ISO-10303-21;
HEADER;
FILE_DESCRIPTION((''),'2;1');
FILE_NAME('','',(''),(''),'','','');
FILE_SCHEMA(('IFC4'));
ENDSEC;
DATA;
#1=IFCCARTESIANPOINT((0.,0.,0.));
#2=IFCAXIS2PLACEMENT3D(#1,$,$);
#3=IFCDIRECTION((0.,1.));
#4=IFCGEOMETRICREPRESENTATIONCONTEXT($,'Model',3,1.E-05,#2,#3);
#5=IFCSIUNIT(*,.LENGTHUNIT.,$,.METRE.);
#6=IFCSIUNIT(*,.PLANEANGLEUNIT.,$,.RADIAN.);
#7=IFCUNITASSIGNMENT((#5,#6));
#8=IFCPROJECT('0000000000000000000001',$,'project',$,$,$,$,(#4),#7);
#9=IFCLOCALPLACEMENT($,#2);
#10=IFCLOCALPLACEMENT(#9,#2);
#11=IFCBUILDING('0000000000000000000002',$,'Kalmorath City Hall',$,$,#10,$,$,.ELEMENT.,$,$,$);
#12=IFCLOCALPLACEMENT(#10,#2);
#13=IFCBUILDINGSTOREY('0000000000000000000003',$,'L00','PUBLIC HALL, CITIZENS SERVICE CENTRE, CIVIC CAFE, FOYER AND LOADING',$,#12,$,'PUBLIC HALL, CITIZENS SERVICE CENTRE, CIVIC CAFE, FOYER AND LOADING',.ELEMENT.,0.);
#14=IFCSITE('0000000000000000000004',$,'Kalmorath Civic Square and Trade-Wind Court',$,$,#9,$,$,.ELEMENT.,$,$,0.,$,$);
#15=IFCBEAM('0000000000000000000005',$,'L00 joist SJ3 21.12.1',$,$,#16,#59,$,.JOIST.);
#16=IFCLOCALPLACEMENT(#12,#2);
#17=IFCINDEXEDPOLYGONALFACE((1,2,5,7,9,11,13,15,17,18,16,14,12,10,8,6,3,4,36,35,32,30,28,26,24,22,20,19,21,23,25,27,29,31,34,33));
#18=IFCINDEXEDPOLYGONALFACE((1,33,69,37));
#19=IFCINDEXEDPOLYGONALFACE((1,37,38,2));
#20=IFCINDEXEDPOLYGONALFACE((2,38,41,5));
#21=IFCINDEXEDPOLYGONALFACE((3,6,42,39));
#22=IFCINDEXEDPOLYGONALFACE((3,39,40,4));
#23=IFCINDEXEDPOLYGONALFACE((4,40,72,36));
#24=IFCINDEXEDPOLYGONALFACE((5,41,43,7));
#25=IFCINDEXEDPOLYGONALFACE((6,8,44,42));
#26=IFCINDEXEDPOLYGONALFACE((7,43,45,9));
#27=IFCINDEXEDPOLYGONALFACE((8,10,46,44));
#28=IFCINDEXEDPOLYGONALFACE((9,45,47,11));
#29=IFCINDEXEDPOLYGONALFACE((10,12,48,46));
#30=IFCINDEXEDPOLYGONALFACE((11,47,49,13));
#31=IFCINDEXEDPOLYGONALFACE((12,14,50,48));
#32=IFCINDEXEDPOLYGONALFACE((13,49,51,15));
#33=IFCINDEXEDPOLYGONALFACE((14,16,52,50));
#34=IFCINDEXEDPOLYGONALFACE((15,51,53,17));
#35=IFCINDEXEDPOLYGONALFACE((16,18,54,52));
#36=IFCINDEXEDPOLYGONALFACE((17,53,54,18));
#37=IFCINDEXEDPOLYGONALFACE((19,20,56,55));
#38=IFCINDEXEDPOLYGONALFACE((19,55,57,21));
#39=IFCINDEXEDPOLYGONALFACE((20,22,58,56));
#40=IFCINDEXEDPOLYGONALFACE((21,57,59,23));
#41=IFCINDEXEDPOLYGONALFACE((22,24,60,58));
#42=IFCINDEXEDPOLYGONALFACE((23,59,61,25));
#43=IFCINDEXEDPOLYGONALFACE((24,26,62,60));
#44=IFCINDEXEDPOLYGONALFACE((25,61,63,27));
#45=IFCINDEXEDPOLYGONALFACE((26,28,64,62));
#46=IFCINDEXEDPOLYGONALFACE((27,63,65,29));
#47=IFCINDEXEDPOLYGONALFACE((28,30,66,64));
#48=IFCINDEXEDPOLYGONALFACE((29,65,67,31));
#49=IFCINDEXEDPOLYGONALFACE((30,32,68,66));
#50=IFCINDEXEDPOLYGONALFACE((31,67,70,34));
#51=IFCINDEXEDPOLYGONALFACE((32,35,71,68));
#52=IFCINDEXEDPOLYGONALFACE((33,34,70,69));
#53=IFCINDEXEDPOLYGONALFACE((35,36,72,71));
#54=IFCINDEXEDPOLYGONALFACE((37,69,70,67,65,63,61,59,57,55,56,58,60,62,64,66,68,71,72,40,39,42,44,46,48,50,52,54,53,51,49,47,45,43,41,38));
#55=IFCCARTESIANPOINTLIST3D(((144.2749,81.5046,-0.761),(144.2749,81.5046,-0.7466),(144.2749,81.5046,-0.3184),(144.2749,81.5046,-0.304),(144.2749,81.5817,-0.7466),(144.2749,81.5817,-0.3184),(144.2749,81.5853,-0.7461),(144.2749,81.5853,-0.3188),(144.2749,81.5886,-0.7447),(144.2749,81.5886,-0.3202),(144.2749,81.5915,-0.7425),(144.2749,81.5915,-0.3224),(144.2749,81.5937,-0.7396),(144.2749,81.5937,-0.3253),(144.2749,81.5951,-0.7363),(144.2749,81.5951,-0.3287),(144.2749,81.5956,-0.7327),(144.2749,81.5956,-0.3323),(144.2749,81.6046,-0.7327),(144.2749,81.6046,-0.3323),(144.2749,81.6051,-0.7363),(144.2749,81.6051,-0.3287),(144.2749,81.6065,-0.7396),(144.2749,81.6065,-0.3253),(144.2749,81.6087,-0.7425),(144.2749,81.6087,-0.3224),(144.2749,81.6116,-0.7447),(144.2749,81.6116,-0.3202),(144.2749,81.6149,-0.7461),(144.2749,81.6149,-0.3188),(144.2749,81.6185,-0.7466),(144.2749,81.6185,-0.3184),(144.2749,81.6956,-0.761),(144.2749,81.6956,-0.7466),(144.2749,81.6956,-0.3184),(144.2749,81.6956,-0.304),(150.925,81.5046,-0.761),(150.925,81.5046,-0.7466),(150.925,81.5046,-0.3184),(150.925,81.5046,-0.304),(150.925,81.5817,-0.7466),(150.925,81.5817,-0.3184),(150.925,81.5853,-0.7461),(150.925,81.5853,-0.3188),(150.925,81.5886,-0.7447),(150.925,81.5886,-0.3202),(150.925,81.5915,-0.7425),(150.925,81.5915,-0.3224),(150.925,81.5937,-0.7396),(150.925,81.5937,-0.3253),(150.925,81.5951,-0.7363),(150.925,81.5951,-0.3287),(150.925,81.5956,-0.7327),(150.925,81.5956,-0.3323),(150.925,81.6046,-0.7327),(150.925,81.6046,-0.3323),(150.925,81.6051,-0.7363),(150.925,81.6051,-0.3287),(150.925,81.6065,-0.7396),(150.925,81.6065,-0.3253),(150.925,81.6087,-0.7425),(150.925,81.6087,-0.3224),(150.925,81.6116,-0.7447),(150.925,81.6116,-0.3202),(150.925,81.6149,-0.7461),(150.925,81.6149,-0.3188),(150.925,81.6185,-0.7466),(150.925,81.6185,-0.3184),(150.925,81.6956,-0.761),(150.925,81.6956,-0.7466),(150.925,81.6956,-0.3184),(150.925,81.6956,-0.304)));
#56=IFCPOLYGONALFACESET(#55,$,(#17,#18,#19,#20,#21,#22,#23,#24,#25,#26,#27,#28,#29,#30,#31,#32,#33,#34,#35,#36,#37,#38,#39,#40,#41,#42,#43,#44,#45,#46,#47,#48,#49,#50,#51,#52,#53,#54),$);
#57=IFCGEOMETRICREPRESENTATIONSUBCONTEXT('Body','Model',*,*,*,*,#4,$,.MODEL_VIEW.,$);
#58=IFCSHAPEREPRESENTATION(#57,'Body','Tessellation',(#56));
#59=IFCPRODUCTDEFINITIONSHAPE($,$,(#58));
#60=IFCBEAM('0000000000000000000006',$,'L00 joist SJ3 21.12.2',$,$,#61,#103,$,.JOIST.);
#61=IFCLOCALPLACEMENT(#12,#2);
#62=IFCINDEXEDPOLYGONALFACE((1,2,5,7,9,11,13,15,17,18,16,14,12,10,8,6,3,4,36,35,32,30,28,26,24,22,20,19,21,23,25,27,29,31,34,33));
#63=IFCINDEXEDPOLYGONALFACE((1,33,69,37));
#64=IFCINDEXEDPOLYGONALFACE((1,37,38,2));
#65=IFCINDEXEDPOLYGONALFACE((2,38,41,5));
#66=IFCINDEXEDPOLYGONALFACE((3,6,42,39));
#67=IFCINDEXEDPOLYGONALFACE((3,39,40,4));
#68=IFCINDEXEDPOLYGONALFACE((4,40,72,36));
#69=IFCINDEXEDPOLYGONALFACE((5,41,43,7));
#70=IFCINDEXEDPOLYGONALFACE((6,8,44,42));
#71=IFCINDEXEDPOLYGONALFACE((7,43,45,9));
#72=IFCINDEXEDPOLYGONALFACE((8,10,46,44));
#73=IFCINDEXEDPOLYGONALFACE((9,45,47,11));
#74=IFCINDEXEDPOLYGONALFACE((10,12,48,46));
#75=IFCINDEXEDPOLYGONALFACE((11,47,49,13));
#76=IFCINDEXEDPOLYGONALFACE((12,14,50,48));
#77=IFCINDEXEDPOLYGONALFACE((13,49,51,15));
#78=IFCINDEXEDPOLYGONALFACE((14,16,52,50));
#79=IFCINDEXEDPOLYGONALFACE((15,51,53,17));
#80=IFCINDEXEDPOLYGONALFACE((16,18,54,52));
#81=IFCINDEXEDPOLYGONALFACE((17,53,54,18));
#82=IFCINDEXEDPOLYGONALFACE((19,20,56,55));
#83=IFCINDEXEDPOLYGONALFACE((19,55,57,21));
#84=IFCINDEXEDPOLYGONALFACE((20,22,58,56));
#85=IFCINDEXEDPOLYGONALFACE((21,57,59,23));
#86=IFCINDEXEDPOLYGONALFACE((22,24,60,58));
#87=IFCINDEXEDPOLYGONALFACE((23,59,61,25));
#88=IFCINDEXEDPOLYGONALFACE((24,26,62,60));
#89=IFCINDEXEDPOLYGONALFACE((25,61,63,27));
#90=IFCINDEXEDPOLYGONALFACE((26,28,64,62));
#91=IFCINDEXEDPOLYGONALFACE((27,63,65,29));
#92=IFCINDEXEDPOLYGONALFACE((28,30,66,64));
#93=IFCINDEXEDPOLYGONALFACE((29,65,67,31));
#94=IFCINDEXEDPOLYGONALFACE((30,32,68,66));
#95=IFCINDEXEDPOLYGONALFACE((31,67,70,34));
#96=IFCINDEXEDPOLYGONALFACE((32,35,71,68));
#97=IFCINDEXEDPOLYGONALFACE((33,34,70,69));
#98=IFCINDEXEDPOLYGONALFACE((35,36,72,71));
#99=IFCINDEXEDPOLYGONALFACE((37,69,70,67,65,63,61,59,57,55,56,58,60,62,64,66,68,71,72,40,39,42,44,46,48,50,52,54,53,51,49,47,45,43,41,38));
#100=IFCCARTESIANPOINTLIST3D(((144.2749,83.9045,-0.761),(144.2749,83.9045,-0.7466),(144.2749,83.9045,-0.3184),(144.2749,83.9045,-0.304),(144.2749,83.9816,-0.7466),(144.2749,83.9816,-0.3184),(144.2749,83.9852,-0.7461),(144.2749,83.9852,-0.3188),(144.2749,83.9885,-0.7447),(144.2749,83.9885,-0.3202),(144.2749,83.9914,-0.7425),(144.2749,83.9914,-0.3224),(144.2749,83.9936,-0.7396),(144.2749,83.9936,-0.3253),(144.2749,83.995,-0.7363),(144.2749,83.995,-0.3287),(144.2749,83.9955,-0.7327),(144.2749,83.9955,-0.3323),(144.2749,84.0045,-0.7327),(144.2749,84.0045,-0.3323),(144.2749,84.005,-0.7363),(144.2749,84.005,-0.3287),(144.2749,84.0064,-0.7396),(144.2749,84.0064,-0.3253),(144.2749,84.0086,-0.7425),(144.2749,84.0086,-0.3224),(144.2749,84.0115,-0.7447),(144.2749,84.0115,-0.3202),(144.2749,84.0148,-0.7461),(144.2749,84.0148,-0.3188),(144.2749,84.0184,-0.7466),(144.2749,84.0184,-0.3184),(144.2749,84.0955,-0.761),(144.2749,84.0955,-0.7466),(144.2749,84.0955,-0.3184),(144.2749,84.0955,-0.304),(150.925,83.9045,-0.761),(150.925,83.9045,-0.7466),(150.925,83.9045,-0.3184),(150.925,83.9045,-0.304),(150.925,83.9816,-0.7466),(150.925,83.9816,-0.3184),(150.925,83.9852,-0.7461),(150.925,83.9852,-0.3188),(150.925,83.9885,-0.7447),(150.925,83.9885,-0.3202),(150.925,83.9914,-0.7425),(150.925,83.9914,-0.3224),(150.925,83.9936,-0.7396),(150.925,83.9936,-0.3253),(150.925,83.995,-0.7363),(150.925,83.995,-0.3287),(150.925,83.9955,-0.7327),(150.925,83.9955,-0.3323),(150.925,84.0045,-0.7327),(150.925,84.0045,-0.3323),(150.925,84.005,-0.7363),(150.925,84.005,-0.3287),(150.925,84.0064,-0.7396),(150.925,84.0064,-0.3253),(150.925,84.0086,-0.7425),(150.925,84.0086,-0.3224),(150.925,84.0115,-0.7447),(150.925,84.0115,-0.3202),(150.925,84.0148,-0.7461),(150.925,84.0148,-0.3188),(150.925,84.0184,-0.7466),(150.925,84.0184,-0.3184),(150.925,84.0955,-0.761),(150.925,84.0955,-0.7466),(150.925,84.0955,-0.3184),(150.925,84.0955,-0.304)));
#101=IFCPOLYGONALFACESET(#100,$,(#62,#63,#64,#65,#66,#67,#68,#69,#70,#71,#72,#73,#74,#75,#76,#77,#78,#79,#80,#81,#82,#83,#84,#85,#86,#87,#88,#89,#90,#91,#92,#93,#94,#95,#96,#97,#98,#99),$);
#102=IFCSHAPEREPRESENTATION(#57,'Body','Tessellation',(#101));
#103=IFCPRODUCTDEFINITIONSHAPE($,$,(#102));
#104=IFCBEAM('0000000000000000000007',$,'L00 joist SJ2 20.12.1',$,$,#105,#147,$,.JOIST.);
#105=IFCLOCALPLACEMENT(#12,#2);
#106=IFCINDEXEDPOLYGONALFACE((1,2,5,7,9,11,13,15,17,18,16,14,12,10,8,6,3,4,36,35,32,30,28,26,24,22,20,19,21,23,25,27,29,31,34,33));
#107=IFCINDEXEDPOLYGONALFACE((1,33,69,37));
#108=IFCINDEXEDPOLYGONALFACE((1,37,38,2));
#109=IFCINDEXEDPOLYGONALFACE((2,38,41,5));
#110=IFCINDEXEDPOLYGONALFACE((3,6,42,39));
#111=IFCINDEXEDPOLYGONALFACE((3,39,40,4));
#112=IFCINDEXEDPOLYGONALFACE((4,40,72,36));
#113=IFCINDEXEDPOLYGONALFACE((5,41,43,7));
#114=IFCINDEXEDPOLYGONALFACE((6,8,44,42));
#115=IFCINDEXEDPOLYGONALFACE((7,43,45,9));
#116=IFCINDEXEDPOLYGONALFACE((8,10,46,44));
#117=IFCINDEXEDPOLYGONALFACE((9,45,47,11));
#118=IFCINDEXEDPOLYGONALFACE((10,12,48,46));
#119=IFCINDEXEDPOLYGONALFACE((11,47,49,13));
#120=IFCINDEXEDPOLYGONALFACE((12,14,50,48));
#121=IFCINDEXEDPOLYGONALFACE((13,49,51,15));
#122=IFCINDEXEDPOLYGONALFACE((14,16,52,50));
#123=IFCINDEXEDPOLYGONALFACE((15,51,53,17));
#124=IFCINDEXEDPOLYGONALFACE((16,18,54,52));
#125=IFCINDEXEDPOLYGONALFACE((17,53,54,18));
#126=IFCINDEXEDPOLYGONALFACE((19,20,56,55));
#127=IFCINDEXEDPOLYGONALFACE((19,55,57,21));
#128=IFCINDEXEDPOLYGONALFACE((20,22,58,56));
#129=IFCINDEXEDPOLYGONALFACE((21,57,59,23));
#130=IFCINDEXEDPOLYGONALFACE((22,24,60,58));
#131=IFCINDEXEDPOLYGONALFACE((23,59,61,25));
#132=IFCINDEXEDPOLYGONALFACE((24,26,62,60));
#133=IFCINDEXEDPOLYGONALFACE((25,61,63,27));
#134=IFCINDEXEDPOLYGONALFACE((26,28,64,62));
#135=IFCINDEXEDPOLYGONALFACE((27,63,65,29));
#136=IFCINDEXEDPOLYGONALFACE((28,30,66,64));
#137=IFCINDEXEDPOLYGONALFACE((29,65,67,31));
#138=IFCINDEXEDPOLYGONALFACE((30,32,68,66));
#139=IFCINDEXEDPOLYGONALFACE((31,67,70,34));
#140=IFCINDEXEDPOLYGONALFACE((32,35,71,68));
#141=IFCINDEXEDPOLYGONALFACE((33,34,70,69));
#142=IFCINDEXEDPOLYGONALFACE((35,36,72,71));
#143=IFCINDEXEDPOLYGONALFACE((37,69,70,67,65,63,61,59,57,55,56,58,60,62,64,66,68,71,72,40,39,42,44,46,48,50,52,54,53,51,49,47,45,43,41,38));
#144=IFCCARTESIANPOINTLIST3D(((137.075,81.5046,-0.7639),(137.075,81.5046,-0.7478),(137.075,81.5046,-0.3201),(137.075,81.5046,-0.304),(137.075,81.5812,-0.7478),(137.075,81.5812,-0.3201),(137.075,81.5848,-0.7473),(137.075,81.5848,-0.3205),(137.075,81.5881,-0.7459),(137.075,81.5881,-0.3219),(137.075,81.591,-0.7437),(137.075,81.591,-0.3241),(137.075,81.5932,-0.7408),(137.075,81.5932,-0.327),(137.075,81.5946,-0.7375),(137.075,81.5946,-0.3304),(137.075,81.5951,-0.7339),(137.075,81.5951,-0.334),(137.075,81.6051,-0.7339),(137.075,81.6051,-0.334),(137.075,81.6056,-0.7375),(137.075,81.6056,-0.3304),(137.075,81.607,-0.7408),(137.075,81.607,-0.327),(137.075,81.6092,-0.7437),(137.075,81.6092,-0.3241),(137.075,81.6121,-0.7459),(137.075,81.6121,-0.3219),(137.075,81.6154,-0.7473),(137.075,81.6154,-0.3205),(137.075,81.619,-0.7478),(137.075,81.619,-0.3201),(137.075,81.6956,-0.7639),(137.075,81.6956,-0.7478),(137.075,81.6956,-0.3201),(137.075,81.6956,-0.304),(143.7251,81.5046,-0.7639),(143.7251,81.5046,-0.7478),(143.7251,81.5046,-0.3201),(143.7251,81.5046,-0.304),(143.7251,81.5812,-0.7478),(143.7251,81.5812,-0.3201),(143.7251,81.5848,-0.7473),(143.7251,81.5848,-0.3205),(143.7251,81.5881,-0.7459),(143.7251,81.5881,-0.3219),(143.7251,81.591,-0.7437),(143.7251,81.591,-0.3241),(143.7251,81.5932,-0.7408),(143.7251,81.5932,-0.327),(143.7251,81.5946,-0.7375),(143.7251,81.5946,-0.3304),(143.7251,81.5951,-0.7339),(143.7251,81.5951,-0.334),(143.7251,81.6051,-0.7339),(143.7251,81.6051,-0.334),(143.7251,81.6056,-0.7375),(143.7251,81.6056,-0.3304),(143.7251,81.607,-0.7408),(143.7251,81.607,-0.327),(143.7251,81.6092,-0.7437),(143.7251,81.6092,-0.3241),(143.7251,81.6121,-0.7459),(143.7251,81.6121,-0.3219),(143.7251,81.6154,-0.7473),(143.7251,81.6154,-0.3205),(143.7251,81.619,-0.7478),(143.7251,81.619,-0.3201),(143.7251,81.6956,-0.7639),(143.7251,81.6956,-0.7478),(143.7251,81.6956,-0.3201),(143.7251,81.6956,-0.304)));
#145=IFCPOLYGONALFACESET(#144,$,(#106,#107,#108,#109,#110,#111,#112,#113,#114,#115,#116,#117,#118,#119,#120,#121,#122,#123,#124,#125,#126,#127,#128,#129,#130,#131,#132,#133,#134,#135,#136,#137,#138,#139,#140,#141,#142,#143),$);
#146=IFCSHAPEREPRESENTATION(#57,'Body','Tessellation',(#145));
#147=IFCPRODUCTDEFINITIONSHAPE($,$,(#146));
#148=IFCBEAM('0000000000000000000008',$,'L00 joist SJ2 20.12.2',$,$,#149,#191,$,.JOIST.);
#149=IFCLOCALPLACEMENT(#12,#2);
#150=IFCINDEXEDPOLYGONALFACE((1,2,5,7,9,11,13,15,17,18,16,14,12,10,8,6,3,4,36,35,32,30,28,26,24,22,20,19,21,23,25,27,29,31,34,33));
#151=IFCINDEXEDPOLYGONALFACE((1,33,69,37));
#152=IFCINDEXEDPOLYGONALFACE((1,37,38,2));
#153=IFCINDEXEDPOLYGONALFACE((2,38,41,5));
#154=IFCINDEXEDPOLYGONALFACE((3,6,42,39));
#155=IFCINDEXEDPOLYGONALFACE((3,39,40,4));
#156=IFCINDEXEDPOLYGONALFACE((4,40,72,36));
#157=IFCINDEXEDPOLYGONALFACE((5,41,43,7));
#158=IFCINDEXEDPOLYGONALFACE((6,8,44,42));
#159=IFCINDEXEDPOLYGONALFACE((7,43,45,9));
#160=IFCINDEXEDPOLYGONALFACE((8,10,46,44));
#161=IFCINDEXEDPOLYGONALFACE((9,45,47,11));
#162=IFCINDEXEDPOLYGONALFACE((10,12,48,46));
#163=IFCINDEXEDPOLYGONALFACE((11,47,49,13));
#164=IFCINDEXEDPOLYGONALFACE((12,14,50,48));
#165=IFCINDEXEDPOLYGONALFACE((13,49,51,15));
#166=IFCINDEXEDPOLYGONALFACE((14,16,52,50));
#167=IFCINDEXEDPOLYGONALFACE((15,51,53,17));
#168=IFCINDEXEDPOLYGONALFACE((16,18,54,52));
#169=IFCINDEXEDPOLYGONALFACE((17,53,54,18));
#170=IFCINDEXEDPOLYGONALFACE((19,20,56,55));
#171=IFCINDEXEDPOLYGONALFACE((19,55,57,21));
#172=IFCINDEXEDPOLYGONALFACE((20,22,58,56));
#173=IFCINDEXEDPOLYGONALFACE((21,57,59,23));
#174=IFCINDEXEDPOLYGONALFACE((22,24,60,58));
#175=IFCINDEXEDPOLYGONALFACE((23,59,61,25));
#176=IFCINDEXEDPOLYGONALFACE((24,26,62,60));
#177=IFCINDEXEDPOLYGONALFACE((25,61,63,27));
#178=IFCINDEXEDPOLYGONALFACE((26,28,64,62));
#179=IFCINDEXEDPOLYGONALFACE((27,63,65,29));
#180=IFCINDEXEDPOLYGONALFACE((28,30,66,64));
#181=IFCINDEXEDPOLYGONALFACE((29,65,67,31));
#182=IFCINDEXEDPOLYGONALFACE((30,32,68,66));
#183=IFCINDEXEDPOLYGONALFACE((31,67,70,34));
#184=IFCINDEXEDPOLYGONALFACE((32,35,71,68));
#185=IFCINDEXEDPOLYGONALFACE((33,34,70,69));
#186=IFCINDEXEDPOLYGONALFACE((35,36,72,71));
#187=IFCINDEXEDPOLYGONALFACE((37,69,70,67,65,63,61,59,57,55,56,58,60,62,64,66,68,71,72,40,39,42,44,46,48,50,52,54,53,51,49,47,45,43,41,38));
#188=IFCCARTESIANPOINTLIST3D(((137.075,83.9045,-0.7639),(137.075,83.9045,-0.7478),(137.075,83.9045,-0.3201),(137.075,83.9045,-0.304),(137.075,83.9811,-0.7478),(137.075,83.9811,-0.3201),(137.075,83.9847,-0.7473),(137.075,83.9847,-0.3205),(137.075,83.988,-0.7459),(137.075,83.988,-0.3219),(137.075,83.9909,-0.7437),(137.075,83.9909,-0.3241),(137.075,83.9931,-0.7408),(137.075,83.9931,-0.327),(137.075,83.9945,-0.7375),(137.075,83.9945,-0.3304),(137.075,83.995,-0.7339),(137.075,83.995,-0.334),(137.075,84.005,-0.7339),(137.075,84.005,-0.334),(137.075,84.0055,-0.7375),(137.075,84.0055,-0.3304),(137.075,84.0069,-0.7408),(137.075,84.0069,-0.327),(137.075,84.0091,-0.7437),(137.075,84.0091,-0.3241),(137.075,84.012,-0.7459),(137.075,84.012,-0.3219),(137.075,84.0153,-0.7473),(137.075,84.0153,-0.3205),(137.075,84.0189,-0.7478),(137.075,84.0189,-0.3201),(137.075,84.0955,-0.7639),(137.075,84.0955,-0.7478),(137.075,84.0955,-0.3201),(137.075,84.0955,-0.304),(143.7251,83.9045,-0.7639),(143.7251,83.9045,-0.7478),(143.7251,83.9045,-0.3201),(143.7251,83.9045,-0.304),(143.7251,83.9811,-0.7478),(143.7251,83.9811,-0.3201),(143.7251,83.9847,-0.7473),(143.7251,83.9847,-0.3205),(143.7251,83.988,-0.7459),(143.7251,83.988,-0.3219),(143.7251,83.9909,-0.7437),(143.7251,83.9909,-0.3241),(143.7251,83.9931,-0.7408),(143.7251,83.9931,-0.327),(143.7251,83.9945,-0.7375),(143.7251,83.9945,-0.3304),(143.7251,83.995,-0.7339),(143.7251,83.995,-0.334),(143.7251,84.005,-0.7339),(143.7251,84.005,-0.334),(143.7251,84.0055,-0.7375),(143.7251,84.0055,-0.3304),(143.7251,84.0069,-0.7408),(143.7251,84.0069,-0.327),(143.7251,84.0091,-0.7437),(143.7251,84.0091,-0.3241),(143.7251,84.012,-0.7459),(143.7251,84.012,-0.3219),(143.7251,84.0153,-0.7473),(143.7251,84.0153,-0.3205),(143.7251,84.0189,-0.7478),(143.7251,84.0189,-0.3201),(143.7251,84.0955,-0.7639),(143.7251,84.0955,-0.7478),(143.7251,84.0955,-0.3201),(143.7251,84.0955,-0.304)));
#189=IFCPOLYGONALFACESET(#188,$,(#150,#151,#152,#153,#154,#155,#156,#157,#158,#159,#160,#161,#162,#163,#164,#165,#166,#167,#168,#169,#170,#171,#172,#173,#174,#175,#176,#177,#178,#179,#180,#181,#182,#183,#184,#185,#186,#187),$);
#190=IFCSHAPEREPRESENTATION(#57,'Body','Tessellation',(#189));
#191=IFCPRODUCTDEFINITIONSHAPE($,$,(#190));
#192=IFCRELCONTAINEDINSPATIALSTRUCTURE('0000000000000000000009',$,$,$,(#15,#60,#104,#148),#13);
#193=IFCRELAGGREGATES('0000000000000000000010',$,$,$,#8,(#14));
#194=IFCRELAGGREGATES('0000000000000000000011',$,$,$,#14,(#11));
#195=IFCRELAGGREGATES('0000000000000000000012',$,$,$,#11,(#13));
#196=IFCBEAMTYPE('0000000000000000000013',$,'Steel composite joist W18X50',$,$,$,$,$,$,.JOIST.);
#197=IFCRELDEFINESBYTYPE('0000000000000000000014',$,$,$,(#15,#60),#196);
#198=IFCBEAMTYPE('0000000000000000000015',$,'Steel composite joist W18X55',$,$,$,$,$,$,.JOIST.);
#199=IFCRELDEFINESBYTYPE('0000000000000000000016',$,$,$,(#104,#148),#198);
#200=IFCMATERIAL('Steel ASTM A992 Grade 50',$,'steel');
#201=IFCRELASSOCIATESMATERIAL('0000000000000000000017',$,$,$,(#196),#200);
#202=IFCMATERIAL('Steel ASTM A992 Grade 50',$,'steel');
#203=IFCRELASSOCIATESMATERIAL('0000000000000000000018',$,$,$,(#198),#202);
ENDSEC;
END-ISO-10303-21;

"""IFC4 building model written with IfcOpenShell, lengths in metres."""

from ifc_helpers import new_model, si_unit, direction, frame, origin, origin_2d, place, context, subcontext, project, spatial, i_section, extrude, material, material_profile, profile_set, type_object, element, save


model = new_model("IFC4")

# Units and contexts
model_context = context("Model", 3, precision=1e-05, world=origin(), true_north=direction((0.0, 1.0)))
body_context = subcontext(model_context, "Body", "Model", "MODEL_VIEW")
ifc_project = project(units=[si_unit("LENGTHUNIT", "METRE"), si_unit("PLANEANGLEUNIT", "RADIAN")], contexts=[model_context])

# Site, building, storey
site_placement = place(None, origin())
site = spatial("IfcSite", under=ifc_project, at=site_placement, Name="Kalmorath Civic Square and Trade-Wind Court", CompositionType="ELEMENT", RefElevation=0.0)
building_placement = place(site_placement, origin())
building = spatial("IfcBuilding", under=site, at=building_placement, Name="Kalmorath City Hall", CompositionType="ELEMENT")
storey_placement = place(building_placement, origin())
storey = spatial("IfcBuildingStorey", under=building, at=storey_placement, Name="L00", Description="PUBLIC HALL, CITIZENS SERVICE CENTRE, CIVIC CAFE, FOYER AND LOADING", LongName="PUBLIC HALL, CITIZENS SERVICE CENTRE, CIVIC CAFE, FOYER AND LOADING", CompositionType="ELEMENT", Elevation=0.0)

# Beams
ifc_material_1 = material(Name="Steel ASTM A992 Grade 50", Category="steel")
ifc_material_profile_1 = material_profile(ifc_material_1, i_section(OverallWidth=0.1909, OverallDepth=0.457, WebThickness=0.009, FlangeThickness=0.0144, FilletRadius=0.0139, at=origin_2d()), Name="W18X50")
ifc_profile_set_1 = profile_set([ifc_material_profile_1], Name="Steel ASTM A992 Grade 50")
beam_type_1 = type_object("IfcBeamType", Name="Steel composite joist W18X50", PredefinedType="JOIST", material=ifc_profile_set_1)
for number, where, z_axis, x_axis, name in (
    (1, (144.2749, 81.6001, -0.5325), (1.0, 0.0, 0.0), (0.0, 1.0, 0.0), "L00 joist SJ3 21.12.1"),
    (2, (144.2749, 84.0, -0.5325), (1.0, 0.0, 0.0), (0.0, 1.0, 0.0), "L00 joist SJ3 21.12.2"),
):
    element("IfcBeam", number, at=place(storey_placement, frame(where, z_axis=z_axis, x_axis=x_axis)), inside=storey, type_object=beam_type_1, Name=name, PredefinedType="JOIST", context=body_context, shape_type="SweptSolid", body=[
        extrude(i_section(OverallWidth=0.1909, OverallDepth=0.457, WebThickness=0.009, FlangeThickness=0.0144, FilletRadius=0.0139, at=origin_2d()), origin(), (0.0, 0.0, 1.0), 6.6501),
    ])
ifc_material_2 = material(Name="Steel ASTM A992 Grade 50", Category="steel")
ifc_material_profile_2 = material_profile(ifc_material_2, i_section(OverallWidth=0.1909, OverallDepth=0.46, WebThickness=0.01, FlangeThickness=0.0161, FilletRadius=0.0139, at=origin_2d()), Name="W18X55")
ifc_profile_set_2 = profile_set([ifc_material_profile_2], Name="Steel ASTM A992 Grade 50")
beam_type_2 = type_object("IfcBeamType", Name="Steel composite joist W18X55", PredefinedType="JOIST", material=ifc_profile_set_2)
for number, where, z_axis, x_axis, name in (
    (3, (137.075, 81.6001, -0.5339), (1.0, 0.0, 0.0), (0.0, 1.0, 0.0), "L00 joist SJ2 20.12.1"),
    (4, (137.075, 84.0, -0.5339), (1.0, 0.0, 0.0), (0.0, 1.0, 0.0), "L00 joist SJ2 20.12.2"),
):
    element("IfcBeam", number, at=place(storey_placement, frame(where, z_axis=z_axis, x_axis=x_axis)), inside=storey, type_object=beam_type_2, Name=name, PredefinedType="JOIST", context=body_context, shape_type="SweptSolid", body=[
        extrude(i_section(OverallWidth=0.1909, OverallDepth=0.46, WebThickness=0.01, FlangeThickness=0.0161, FilletRadius=0.0139, at=origin_2d()), origin(), (0.0, 0.0, 1.0), 6.6501),
    ])

save(model, "model.ifc")
